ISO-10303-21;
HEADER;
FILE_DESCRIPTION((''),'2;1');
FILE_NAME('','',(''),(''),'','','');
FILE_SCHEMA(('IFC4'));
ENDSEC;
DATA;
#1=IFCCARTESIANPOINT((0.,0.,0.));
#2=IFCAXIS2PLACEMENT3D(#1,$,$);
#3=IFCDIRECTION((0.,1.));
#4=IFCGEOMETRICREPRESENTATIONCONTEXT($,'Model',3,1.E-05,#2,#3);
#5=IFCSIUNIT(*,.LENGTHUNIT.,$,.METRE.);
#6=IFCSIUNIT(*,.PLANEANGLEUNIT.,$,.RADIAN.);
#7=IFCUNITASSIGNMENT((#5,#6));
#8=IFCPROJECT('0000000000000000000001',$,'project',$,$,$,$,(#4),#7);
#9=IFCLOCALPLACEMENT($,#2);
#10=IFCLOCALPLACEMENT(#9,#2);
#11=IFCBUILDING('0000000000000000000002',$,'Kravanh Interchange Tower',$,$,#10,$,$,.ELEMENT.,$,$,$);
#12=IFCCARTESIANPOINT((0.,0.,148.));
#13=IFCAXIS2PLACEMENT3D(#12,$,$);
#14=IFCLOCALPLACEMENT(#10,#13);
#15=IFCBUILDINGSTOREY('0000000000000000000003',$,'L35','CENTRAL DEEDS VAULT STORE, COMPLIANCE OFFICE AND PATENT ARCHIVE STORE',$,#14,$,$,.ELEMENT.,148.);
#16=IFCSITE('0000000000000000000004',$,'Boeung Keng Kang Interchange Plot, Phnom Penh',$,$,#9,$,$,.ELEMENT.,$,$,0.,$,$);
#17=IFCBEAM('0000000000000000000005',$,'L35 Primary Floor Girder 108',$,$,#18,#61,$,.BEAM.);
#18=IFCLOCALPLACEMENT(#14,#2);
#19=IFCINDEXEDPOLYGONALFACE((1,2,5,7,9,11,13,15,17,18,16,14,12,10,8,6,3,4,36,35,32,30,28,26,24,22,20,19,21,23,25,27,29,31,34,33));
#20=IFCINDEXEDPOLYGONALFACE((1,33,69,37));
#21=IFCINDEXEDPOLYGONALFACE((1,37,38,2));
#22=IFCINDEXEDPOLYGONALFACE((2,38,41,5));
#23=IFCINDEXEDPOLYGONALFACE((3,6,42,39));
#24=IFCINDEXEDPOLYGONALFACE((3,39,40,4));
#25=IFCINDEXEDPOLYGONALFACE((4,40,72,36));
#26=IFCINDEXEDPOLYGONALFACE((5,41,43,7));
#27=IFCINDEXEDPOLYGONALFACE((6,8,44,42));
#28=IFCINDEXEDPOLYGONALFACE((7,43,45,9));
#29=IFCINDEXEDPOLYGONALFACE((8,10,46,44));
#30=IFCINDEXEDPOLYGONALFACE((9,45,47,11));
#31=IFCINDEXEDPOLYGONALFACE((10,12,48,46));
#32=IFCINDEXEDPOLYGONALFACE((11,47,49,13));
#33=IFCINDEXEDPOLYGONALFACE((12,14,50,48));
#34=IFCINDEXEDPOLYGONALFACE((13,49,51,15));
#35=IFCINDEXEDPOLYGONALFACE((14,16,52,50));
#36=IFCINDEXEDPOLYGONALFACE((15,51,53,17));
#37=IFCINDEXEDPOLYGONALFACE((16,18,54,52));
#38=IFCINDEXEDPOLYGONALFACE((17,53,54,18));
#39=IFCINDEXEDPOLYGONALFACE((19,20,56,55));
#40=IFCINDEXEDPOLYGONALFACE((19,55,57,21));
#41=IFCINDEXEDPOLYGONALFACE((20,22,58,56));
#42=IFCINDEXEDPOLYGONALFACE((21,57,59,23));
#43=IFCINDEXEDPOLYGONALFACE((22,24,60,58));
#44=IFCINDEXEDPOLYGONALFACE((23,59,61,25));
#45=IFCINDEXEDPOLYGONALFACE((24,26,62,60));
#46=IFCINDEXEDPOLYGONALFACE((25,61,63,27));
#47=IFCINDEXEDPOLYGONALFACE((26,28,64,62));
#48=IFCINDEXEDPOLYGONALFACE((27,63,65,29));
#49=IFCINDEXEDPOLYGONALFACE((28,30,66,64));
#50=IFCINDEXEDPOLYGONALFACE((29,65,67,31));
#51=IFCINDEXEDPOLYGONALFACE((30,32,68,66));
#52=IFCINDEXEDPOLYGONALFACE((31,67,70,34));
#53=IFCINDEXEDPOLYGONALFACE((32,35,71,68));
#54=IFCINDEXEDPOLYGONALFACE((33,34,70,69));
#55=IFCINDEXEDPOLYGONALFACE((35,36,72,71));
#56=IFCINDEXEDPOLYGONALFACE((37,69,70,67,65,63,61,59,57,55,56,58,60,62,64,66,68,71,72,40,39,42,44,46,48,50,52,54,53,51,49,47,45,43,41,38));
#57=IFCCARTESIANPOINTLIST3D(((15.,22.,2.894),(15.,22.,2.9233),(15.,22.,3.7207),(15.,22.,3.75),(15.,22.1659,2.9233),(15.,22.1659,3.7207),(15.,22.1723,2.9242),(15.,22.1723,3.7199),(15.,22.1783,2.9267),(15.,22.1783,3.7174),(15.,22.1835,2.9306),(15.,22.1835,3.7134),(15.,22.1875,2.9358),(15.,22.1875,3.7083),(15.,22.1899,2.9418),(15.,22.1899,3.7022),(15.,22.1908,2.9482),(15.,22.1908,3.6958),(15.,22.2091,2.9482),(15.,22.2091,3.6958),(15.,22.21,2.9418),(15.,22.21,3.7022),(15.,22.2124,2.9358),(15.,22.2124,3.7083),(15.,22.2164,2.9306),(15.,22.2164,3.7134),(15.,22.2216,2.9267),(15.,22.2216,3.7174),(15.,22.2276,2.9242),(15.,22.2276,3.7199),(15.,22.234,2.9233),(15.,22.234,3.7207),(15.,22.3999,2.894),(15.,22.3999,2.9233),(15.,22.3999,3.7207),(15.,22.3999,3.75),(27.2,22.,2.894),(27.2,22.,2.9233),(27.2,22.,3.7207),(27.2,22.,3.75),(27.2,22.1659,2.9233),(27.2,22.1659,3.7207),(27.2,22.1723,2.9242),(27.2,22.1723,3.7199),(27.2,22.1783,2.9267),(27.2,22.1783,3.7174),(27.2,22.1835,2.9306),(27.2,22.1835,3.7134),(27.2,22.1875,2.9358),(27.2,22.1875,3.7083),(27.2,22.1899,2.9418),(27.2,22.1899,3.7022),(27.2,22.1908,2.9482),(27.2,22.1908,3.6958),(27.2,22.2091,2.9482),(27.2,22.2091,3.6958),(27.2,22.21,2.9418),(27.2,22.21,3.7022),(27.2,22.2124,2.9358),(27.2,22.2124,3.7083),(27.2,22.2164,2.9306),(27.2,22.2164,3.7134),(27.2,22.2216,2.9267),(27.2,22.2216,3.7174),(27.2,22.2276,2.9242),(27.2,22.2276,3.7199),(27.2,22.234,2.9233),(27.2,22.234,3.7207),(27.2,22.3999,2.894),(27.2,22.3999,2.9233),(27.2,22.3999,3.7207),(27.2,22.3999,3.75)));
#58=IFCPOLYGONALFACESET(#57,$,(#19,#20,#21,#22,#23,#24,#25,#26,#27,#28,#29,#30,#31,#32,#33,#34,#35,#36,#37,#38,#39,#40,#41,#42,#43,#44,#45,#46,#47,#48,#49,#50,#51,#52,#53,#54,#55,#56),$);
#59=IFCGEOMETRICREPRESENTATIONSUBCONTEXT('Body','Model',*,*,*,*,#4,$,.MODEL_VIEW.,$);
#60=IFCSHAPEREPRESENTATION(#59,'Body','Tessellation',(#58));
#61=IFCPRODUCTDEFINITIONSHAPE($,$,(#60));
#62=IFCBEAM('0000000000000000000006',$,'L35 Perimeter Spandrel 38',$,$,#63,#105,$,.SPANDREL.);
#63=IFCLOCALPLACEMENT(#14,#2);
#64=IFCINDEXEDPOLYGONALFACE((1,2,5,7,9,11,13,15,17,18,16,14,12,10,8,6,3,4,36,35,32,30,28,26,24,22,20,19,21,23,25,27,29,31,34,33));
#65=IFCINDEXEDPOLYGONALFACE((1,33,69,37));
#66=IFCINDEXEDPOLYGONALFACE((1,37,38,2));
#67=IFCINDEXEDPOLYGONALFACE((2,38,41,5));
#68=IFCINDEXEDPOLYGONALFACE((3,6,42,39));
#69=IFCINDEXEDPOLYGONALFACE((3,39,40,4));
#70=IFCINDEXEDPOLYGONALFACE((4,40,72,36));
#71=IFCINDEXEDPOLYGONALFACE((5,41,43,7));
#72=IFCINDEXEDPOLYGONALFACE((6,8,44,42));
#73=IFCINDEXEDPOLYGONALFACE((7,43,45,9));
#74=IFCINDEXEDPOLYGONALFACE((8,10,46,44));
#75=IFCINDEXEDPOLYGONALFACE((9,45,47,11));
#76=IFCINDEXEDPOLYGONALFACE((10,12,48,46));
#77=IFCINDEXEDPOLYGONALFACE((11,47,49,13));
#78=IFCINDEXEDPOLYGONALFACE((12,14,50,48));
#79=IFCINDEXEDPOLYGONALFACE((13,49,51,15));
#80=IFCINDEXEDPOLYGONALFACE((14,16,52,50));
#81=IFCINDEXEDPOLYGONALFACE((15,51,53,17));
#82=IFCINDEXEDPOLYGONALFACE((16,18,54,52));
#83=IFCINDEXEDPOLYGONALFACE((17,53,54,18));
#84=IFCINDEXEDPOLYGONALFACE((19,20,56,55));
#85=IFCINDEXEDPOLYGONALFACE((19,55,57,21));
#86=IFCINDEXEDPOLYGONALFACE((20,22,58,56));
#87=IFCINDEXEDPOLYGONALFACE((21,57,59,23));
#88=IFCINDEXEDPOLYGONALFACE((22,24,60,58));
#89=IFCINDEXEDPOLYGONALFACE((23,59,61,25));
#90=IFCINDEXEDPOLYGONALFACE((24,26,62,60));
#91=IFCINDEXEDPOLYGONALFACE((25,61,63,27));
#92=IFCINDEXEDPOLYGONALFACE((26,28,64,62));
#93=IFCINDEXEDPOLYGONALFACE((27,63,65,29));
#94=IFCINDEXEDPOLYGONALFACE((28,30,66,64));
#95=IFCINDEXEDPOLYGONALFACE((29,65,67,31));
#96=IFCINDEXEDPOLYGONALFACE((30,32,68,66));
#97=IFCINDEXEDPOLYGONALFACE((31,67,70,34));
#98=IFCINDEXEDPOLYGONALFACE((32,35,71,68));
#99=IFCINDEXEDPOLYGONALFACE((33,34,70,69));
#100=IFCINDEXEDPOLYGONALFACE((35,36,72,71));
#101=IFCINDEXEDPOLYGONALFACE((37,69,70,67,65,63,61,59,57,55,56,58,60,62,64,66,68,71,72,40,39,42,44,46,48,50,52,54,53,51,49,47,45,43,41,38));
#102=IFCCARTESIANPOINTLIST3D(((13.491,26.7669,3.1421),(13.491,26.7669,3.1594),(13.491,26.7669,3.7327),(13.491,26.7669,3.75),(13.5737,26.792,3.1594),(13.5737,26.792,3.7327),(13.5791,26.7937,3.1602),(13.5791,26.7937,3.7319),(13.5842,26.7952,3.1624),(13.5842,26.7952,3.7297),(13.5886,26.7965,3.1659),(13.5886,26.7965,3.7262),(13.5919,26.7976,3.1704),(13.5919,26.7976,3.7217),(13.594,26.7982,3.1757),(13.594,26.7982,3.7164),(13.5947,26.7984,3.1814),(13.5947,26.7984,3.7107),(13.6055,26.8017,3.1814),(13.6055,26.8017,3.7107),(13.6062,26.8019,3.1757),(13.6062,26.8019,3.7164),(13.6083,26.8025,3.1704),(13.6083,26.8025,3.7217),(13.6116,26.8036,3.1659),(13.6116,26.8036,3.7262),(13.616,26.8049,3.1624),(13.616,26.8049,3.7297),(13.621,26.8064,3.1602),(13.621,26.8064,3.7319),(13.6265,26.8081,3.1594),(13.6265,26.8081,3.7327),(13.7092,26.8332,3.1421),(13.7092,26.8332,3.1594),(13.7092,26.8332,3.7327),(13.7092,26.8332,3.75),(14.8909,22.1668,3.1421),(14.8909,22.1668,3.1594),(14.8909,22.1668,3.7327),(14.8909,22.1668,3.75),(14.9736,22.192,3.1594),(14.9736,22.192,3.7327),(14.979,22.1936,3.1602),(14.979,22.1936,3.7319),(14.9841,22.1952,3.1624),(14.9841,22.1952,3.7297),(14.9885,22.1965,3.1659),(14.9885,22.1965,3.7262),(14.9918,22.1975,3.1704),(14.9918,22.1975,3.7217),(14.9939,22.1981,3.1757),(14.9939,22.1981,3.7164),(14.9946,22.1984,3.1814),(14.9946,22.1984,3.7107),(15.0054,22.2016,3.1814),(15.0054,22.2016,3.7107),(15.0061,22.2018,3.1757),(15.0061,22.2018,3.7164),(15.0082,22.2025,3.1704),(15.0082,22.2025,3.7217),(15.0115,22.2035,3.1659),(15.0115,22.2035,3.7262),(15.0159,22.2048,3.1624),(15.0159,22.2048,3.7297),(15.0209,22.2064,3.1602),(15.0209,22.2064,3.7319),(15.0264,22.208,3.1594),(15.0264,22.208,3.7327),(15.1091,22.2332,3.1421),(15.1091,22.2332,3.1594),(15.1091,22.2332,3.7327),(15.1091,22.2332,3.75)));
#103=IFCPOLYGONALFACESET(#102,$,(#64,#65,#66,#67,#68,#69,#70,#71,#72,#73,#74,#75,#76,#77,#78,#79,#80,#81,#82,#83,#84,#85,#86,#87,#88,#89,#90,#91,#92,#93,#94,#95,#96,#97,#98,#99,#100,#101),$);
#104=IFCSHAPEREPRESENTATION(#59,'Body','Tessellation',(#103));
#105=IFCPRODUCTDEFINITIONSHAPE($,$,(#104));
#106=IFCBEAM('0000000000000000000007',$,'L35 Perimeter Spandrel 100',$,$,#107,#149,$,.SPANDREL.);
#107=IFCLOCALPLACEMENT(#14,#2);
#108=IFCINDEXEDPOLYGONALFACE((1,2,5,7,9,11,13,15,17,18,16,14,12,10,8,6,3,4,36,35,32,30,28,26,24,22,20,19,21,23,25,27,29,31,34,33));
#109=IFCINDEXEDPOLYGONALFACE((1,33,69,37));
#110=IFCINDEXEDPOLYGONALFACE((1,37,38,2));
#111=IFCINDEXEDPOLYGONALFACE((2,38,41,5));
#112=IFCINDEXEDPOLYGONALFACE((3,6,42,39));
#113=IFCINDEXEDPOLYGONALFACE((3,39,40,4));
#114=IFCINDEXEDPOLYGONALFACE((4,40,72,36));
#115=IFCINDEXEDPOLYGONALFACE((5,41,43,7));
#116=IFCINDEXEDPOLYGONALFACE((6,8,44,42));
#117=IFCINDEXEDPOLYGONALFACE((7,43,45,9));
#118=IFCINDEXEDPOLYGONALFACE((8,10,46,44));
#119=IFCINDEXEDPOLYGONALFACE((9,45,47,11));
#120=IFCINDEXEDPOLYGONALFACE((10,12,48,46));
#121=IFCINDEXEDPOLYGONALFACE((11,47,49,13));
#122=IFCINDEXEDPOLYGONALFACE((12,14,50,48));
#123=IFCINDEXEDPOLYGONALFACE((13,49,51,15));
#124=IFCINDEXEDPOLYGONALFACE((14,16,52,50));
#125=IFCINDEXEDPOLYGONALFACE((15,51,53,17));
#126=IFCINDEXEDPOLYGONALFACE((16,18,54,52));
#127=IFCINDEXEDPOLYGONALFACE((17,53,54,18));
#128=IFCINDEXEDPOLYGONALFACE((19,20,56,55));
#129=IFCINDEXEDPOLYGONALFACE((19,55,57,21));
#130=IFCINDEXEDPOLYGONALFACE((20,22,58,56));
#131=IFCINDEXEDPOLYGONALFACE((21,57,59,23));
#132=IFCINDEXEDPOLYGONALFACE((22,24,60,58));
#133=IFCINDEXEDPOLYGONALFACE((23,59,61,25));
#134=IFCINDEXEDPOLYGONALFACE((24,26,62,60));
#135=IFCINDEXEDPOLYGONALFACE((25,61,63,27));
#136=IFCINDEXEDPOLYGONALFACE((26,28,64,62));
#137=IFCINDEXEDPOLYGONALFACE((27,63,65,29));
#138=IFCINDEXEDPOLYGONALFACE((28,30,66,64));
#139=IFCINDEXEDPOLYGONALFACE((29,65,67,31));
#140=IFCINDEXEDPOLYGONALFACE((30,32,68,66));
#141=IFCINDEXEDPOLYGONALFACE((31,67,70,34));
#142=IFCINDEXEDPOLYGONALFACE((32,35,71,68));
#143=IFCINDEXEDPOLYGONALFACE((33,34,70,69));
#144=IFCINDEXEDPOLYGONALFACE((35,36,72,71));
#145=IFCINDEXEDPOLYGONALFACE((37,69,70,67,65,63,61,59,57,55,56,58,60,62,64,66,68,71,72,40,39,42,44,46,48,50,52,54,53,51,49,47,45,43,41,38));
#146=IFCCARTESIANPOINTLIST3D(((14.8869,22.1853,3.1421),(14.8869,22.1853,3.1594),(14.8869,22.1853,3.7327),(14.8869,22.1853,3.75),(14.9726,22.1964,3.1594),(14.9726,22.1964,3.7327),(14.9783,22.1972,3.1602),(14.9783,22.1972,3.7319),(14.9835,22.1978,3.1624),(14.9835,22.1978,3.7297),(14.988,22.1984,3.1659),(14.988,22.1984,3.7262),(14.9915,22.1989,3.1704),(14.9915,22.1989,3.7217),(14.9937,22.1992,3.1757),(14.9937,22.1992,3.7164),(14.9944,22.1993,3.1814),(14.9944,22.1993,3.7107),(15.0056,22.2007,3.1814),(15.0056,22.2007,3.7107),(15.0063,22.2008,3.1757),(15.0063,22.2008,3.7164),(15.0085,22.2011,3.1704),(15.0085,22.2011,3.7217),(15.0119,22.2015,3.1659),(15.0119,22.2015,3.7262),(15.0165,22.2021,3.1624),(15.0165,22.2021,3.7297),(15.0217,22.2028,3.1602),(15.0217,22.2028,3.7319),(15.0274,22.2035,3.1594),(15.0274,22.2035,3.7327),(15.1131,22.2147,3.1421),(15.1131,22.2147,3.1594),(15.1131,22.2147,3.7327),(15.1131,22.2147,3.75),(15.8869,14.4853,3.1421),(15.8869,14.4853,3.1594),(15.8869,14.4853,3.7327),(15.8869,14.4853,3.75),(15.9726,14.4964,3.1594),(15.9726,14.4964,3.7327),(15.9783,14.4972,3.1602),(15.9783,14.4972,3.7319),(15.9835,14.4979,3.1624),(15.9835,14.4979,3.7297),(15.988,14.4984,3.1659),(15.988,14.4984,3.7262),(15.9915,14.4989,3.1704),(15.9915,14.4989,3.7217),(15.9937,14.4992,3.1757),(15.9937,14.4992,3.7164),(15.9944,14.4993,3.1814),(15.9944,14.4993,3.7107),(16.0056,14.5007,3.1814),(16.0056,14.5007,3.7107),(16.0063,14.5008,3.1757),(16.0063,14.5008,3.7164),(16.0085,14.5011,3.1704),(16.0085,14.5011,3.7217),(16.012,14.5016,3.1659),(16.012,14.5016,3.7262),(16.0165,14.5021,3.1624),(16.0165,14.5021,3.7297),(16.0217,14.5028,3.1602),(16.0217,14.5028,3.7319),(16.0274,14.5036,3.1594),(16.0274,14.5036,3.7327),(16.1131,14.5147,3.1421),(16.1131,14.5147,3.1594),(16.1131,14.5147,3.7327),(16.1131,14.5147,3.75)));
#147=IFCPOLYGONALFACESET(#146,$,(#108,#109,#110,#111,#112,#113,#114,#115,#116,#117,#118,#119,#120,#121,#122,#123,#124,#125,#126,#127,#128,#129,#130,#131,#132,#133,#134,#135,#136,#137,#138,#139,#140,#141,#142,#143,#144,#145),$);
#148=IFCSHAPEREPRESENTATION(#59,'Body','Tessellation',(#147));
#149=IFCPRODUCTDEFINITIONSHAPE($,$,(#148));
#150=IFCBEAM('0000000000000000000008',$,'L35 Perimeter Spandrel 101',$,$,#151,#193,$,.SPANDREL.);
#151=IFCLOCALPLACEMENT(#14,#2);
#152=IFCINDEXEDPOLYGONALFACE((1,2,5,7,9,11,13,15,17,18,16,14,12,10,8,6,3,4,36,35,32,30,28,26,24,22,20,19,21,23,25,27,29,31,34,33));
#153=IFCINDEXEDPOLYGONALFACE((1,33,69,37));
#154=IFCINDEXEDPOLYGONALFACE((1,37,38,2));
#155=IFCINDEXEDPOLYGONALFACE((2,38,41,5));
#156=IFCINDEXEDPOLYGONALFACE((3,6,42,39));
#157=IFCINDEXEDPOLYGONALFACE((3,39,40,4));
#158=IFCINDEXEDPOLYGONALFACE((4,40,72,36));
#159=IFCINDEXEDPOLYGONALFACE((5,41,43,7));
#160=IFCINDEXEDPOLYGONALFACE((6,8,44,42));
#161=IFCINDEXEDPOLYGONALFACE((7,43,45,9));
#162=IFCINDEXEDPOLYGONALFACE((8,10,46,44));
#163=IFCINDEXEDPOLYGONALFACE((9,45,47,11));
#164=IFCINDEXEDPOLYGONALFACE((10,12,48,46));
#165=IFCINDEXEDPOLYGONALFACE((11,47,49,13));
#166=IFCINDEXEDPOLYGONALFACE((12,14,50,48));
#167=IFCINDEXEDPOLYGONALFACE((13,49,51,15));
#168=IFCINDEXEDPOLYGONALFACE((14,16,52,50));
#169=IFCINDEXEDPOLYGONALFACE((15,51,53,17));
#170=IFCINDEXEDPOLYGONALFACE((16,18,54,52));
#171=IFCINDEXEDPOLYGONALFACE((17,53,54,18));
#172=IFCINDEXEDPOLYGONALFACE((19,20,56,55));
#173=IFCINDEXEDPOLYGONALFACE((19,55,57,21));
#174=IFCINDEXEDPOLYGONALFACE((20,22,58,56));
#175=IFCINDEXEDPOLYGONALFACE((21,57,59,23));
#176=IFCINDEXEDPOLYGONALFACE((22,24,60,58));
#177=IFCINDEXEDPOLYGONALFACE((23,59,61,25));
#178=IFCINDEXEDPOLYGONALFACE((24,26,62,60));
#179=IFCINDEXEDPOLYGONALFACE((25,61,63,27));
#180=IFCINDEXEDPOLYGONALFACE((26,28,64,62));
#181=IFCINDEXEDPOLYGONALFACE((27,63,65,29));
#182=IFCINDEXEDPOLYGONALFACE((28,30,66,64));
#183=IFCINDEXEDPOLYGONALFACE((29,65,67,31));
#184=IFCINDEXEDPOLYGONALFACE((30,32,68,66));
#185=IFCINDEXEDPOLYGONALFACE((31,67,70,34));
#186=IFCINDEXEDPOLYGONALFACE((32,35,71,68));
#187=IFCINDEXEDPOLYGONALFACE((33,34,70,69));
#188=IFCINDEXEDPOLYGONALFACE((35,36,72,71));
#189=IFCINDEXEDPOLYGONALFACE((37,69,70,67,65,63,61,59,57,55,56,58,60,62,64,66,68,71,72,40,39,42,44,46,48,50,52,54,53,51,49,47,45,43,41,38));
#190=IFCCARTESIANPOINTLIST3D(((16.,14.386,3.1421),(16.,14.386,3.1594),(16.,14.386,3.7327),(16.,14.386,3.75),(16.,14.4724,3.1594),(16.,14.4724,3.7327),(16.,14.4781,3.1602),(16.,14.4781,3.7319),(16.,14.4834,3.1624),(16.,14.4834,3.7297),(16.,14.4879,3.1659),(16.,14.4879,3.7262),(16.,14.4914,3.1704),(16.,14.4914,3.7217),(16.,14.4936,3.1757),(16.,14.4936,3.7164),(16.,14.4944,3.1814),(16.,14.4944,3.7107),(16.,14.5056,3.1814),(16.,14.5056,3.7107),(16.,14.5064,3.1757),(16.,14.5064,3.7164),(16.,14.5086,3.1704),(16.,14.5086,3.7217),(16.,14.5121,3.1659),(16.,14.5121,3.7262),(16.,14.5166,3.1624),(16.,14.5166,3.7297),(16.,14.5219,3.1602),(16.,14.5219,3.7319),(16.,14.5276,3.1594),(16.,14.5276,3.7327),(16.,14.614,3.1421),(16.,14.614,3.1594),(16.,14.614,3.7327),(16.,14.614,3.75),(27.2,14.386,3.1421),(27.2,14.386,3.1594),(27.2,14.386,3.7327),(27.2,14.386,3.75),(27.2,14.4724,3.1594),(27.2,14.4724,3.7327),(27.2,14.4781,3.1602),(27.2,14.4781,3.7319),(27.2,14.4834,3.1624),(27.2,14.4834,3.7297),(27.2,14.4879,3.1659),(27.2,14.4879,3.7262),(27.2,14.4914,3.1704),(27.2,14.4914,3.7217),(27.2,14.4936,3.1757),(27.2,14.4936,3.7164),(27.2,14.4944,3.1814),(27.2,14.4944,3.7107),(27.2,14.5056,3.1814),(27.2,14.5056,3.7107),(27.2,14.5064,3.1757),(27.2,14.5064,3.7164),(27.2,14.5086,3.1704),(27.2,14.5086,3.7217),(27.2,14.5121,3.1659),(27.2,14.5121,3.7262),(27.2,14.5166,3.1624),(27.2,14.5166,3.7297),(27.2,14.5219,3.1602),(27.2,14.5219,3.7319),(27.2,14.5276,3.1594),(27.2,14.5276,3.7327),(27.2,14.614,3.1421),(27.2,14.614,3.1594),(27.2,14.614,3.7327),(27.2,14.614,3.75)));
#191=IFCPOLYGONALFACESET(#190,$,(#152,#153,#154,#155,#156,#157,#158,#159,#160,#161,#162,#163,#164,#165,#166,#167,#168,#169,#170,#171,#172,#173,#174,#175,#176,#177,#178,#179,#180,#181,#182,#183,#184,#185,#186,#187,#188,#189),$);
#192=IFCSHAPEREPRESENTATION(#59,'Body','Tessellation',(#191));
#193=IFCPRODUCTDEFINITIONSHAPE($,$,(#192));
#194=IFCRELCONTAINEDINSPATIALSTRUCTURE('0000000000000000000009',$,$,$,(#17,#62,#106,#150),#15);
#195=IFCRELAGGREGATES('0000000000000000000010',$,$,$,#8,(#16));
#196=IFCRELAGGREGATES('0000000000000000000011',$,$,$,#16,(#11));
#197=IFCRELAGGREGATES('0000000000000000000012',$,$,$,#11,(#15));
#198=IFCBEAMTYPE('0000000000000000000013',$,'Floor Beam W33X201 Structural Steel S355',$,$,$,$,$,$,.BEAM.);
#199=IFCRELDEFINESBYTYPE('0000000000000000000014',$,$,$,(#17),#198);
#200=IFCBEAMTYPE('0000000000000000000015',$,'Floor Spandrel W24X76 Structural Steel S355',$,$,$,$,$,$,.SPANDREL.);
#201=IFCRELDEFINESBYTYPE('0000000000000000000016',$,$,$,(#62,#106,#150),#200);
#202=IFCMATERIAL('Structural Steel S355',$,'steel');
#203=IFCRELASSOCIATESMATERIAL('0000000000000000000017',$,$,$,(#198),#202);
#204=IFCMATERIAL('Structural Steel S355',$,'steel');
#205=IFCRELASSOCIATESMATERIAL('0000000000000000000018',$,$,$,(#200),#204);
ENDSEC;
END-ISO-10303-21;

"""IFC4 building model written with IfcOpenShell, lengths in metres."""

from ifc_helpers import new_model, si_unit, direction, frame, origin, origin_2d, place, context, subcontext, project, spatial, i_section, extrude, material, material_profile, profile_set, type_object, element, save


model = new_model("IFC4")

# Units and contexts
model_context = context("Model", 3, precision=1e-05, world=origin(), true_north=direction((0.0, 1.0)))
body_context = subcontext(model_context, "Body", "Model", "MODEL_VIEW")
ifc_project = project(units=[si_unit("LENGTHUNIT", "METRE"), si_unit("PLANEANGLEUNIT", "RADIAN")], contexts=[model_context])

# Site, building, storey
site_placement = place(None, origin())
site = spatial("IfcSite", under=ifc_project, at=site_placement, Name="Boeung Keng Kang Interchange Plot, Phnom Penh", CompositionType="ELEMENT", RefElevation=0.0)
building_placement = place(site_placement, origin())
building = spatial("IfcBuilding", under=site, at=building_placement, Name="Kravanh Interchange Tower", CompositionType="ELEMENT")
storey_placement = place(building_placement, frame((0.0, 0.0, 148.0)))
storey = spatial("IfcBuildingStorey", under=building, at=storey_placement, Name="L35", Description="CENTRAL DEEDS VAULT STORE, COMPLIANCE OFFICE AND PATENT ARCHIVE STORE", CompositionType="ELEMENT", Elevation=148.0)

# Beams
ifc_material_1 = material(Name="Structural Steel S355", Category="steel")
ifc_material_profile_1 = material_profile(ifc_material_1, i_section(OverallWidth=0.3999, OverallDepth=0.856, WebThickness=0.0183, FlangeThickness=0.0293, FilletRadius=0.0249, at=origin_2d()), Name="W33X201")
ifc_profile_set_1 = profile_set([ifc_material_profile_1], Name="Structural Steel S355")
beam_type_1 = type_object("IfcBeamType", Name="Floor Beam W33X201 Structural Steel S355", PredefinedType="BEAM", material=ifc_profile_set_1)
beam_1_placement = place(storey_placement, frame((15.0, 22.2, 3.322), z_axis=(1.0, 0.0, 0.0), x_axis=(0.0, 1.0, 0.0)))
element("IfcBeam", 1, at=beam_1_placement, inside=storey, type_object=beam_type_1, Name="L35 Primary Floor Girder 108", PredefinedType="BEAM", context=body_context, shape_type="SweptSolid", body=[
    extrude(i_section(OverallWidth=0.3999, OverallDepth=0.856, WebThickness=0.0183, FlangeThickness=0.0293, FilletRadius=0.0249, at=origin_2d()), origin(), (0.0, 0.0, 1.0), 12.2),
])
ifc_material_2 = material(Name="Structural Steel S355", Category="steel")
ifc_material_profile_2 = material_profile(ifc_material_2, i_section(OverallWidth=0.228, OverallDepth=0.6079, WebThickness=0.0112, FlangeThickness=0.0173, FilletRadius=0.022, at=origin_2d()), Name="W24X76")
ifc_profile_set_2 = profile_set([ifc_material_profile_2], Name="Structural Steel S355")
beam_type_2 = type_object("IfcBeamType", Name="Floor Spandrel W24X76 Structural Steel S355", PredefinedType="SPANDREL", material=ifc_profile_set_2)
beam_2_placement = place(storey_placement, frame((13.6001, 26.8, 3.446), z_axis=(0.291137, -0.956681, 0.0), x_axis=(0.956681, 0.291137, 0.0)))
element("IfcBeam", 2, at=beam_2_placement, inside=storey, type_object=beam_type_2, Name="L35 Perimeter Spandrel 38", PredefinedType="SPANDREL", context=body_context, shape_type="SweptSolid", body=[
    extrude(i_section(OverallWidth=0.228, OverallDepth=0.6079, WebThickness=0.0112, FlangeThickness=0.0173, FilletRadius=0.022, at=origin_2d()), origin(), (0.0, 0.0, 1.0), 4.8083),
])
beam_3_placement = place(storey_placement, frame((16.0, 14.5, 3.446), z_axis=(-0.128789, 0.991672, 0.0), x_axis=(-0.991672, -0.128789, 0.0)))
element("IfcBeam", 3, at=beam_3_placement, inside=storey, type_object=beam_type_2, Name="L35 Perimeter Spandrel 100", PredefinedType="SPANDREL", context=body_context, shape_type="SweptSolid", body=[
    extrude(i_section(OverallWidth=0.228, OverallDepth=0.6079, WebThickness=0.0112, FlangeThickness=0.0173, FilletRadius=0.022, at=origin_2d()), origin(), (0.0, 0.0, 1.0), 7.7646),
])
beam_4_placement = place(storey_placement, frame((16.0, 14.5, 3.446), z_axis=(1.0, 0.0, 0.0), x_axis=(0.0, 1.0, 0.0)))
element("IfcBeam", 4, at=beam_4_placement, inside=storey, type_object=beam_type_2, Name="L35 Perimeter Spandrel 101", PredefinedType="SPANDREL", context=body_context, shape_type="SweptSolid", body=[
    extrude(i_section(OverallWidth=0.228, OverallDepth=0.6079, WebThickness=0.0112, FlangeThickness=0.0173, FilletRadius=0.022, at=origin_2d()), origin(), (0.0, 0.0, 1.0), 11.2),
])

save(model, "model.ifc")
